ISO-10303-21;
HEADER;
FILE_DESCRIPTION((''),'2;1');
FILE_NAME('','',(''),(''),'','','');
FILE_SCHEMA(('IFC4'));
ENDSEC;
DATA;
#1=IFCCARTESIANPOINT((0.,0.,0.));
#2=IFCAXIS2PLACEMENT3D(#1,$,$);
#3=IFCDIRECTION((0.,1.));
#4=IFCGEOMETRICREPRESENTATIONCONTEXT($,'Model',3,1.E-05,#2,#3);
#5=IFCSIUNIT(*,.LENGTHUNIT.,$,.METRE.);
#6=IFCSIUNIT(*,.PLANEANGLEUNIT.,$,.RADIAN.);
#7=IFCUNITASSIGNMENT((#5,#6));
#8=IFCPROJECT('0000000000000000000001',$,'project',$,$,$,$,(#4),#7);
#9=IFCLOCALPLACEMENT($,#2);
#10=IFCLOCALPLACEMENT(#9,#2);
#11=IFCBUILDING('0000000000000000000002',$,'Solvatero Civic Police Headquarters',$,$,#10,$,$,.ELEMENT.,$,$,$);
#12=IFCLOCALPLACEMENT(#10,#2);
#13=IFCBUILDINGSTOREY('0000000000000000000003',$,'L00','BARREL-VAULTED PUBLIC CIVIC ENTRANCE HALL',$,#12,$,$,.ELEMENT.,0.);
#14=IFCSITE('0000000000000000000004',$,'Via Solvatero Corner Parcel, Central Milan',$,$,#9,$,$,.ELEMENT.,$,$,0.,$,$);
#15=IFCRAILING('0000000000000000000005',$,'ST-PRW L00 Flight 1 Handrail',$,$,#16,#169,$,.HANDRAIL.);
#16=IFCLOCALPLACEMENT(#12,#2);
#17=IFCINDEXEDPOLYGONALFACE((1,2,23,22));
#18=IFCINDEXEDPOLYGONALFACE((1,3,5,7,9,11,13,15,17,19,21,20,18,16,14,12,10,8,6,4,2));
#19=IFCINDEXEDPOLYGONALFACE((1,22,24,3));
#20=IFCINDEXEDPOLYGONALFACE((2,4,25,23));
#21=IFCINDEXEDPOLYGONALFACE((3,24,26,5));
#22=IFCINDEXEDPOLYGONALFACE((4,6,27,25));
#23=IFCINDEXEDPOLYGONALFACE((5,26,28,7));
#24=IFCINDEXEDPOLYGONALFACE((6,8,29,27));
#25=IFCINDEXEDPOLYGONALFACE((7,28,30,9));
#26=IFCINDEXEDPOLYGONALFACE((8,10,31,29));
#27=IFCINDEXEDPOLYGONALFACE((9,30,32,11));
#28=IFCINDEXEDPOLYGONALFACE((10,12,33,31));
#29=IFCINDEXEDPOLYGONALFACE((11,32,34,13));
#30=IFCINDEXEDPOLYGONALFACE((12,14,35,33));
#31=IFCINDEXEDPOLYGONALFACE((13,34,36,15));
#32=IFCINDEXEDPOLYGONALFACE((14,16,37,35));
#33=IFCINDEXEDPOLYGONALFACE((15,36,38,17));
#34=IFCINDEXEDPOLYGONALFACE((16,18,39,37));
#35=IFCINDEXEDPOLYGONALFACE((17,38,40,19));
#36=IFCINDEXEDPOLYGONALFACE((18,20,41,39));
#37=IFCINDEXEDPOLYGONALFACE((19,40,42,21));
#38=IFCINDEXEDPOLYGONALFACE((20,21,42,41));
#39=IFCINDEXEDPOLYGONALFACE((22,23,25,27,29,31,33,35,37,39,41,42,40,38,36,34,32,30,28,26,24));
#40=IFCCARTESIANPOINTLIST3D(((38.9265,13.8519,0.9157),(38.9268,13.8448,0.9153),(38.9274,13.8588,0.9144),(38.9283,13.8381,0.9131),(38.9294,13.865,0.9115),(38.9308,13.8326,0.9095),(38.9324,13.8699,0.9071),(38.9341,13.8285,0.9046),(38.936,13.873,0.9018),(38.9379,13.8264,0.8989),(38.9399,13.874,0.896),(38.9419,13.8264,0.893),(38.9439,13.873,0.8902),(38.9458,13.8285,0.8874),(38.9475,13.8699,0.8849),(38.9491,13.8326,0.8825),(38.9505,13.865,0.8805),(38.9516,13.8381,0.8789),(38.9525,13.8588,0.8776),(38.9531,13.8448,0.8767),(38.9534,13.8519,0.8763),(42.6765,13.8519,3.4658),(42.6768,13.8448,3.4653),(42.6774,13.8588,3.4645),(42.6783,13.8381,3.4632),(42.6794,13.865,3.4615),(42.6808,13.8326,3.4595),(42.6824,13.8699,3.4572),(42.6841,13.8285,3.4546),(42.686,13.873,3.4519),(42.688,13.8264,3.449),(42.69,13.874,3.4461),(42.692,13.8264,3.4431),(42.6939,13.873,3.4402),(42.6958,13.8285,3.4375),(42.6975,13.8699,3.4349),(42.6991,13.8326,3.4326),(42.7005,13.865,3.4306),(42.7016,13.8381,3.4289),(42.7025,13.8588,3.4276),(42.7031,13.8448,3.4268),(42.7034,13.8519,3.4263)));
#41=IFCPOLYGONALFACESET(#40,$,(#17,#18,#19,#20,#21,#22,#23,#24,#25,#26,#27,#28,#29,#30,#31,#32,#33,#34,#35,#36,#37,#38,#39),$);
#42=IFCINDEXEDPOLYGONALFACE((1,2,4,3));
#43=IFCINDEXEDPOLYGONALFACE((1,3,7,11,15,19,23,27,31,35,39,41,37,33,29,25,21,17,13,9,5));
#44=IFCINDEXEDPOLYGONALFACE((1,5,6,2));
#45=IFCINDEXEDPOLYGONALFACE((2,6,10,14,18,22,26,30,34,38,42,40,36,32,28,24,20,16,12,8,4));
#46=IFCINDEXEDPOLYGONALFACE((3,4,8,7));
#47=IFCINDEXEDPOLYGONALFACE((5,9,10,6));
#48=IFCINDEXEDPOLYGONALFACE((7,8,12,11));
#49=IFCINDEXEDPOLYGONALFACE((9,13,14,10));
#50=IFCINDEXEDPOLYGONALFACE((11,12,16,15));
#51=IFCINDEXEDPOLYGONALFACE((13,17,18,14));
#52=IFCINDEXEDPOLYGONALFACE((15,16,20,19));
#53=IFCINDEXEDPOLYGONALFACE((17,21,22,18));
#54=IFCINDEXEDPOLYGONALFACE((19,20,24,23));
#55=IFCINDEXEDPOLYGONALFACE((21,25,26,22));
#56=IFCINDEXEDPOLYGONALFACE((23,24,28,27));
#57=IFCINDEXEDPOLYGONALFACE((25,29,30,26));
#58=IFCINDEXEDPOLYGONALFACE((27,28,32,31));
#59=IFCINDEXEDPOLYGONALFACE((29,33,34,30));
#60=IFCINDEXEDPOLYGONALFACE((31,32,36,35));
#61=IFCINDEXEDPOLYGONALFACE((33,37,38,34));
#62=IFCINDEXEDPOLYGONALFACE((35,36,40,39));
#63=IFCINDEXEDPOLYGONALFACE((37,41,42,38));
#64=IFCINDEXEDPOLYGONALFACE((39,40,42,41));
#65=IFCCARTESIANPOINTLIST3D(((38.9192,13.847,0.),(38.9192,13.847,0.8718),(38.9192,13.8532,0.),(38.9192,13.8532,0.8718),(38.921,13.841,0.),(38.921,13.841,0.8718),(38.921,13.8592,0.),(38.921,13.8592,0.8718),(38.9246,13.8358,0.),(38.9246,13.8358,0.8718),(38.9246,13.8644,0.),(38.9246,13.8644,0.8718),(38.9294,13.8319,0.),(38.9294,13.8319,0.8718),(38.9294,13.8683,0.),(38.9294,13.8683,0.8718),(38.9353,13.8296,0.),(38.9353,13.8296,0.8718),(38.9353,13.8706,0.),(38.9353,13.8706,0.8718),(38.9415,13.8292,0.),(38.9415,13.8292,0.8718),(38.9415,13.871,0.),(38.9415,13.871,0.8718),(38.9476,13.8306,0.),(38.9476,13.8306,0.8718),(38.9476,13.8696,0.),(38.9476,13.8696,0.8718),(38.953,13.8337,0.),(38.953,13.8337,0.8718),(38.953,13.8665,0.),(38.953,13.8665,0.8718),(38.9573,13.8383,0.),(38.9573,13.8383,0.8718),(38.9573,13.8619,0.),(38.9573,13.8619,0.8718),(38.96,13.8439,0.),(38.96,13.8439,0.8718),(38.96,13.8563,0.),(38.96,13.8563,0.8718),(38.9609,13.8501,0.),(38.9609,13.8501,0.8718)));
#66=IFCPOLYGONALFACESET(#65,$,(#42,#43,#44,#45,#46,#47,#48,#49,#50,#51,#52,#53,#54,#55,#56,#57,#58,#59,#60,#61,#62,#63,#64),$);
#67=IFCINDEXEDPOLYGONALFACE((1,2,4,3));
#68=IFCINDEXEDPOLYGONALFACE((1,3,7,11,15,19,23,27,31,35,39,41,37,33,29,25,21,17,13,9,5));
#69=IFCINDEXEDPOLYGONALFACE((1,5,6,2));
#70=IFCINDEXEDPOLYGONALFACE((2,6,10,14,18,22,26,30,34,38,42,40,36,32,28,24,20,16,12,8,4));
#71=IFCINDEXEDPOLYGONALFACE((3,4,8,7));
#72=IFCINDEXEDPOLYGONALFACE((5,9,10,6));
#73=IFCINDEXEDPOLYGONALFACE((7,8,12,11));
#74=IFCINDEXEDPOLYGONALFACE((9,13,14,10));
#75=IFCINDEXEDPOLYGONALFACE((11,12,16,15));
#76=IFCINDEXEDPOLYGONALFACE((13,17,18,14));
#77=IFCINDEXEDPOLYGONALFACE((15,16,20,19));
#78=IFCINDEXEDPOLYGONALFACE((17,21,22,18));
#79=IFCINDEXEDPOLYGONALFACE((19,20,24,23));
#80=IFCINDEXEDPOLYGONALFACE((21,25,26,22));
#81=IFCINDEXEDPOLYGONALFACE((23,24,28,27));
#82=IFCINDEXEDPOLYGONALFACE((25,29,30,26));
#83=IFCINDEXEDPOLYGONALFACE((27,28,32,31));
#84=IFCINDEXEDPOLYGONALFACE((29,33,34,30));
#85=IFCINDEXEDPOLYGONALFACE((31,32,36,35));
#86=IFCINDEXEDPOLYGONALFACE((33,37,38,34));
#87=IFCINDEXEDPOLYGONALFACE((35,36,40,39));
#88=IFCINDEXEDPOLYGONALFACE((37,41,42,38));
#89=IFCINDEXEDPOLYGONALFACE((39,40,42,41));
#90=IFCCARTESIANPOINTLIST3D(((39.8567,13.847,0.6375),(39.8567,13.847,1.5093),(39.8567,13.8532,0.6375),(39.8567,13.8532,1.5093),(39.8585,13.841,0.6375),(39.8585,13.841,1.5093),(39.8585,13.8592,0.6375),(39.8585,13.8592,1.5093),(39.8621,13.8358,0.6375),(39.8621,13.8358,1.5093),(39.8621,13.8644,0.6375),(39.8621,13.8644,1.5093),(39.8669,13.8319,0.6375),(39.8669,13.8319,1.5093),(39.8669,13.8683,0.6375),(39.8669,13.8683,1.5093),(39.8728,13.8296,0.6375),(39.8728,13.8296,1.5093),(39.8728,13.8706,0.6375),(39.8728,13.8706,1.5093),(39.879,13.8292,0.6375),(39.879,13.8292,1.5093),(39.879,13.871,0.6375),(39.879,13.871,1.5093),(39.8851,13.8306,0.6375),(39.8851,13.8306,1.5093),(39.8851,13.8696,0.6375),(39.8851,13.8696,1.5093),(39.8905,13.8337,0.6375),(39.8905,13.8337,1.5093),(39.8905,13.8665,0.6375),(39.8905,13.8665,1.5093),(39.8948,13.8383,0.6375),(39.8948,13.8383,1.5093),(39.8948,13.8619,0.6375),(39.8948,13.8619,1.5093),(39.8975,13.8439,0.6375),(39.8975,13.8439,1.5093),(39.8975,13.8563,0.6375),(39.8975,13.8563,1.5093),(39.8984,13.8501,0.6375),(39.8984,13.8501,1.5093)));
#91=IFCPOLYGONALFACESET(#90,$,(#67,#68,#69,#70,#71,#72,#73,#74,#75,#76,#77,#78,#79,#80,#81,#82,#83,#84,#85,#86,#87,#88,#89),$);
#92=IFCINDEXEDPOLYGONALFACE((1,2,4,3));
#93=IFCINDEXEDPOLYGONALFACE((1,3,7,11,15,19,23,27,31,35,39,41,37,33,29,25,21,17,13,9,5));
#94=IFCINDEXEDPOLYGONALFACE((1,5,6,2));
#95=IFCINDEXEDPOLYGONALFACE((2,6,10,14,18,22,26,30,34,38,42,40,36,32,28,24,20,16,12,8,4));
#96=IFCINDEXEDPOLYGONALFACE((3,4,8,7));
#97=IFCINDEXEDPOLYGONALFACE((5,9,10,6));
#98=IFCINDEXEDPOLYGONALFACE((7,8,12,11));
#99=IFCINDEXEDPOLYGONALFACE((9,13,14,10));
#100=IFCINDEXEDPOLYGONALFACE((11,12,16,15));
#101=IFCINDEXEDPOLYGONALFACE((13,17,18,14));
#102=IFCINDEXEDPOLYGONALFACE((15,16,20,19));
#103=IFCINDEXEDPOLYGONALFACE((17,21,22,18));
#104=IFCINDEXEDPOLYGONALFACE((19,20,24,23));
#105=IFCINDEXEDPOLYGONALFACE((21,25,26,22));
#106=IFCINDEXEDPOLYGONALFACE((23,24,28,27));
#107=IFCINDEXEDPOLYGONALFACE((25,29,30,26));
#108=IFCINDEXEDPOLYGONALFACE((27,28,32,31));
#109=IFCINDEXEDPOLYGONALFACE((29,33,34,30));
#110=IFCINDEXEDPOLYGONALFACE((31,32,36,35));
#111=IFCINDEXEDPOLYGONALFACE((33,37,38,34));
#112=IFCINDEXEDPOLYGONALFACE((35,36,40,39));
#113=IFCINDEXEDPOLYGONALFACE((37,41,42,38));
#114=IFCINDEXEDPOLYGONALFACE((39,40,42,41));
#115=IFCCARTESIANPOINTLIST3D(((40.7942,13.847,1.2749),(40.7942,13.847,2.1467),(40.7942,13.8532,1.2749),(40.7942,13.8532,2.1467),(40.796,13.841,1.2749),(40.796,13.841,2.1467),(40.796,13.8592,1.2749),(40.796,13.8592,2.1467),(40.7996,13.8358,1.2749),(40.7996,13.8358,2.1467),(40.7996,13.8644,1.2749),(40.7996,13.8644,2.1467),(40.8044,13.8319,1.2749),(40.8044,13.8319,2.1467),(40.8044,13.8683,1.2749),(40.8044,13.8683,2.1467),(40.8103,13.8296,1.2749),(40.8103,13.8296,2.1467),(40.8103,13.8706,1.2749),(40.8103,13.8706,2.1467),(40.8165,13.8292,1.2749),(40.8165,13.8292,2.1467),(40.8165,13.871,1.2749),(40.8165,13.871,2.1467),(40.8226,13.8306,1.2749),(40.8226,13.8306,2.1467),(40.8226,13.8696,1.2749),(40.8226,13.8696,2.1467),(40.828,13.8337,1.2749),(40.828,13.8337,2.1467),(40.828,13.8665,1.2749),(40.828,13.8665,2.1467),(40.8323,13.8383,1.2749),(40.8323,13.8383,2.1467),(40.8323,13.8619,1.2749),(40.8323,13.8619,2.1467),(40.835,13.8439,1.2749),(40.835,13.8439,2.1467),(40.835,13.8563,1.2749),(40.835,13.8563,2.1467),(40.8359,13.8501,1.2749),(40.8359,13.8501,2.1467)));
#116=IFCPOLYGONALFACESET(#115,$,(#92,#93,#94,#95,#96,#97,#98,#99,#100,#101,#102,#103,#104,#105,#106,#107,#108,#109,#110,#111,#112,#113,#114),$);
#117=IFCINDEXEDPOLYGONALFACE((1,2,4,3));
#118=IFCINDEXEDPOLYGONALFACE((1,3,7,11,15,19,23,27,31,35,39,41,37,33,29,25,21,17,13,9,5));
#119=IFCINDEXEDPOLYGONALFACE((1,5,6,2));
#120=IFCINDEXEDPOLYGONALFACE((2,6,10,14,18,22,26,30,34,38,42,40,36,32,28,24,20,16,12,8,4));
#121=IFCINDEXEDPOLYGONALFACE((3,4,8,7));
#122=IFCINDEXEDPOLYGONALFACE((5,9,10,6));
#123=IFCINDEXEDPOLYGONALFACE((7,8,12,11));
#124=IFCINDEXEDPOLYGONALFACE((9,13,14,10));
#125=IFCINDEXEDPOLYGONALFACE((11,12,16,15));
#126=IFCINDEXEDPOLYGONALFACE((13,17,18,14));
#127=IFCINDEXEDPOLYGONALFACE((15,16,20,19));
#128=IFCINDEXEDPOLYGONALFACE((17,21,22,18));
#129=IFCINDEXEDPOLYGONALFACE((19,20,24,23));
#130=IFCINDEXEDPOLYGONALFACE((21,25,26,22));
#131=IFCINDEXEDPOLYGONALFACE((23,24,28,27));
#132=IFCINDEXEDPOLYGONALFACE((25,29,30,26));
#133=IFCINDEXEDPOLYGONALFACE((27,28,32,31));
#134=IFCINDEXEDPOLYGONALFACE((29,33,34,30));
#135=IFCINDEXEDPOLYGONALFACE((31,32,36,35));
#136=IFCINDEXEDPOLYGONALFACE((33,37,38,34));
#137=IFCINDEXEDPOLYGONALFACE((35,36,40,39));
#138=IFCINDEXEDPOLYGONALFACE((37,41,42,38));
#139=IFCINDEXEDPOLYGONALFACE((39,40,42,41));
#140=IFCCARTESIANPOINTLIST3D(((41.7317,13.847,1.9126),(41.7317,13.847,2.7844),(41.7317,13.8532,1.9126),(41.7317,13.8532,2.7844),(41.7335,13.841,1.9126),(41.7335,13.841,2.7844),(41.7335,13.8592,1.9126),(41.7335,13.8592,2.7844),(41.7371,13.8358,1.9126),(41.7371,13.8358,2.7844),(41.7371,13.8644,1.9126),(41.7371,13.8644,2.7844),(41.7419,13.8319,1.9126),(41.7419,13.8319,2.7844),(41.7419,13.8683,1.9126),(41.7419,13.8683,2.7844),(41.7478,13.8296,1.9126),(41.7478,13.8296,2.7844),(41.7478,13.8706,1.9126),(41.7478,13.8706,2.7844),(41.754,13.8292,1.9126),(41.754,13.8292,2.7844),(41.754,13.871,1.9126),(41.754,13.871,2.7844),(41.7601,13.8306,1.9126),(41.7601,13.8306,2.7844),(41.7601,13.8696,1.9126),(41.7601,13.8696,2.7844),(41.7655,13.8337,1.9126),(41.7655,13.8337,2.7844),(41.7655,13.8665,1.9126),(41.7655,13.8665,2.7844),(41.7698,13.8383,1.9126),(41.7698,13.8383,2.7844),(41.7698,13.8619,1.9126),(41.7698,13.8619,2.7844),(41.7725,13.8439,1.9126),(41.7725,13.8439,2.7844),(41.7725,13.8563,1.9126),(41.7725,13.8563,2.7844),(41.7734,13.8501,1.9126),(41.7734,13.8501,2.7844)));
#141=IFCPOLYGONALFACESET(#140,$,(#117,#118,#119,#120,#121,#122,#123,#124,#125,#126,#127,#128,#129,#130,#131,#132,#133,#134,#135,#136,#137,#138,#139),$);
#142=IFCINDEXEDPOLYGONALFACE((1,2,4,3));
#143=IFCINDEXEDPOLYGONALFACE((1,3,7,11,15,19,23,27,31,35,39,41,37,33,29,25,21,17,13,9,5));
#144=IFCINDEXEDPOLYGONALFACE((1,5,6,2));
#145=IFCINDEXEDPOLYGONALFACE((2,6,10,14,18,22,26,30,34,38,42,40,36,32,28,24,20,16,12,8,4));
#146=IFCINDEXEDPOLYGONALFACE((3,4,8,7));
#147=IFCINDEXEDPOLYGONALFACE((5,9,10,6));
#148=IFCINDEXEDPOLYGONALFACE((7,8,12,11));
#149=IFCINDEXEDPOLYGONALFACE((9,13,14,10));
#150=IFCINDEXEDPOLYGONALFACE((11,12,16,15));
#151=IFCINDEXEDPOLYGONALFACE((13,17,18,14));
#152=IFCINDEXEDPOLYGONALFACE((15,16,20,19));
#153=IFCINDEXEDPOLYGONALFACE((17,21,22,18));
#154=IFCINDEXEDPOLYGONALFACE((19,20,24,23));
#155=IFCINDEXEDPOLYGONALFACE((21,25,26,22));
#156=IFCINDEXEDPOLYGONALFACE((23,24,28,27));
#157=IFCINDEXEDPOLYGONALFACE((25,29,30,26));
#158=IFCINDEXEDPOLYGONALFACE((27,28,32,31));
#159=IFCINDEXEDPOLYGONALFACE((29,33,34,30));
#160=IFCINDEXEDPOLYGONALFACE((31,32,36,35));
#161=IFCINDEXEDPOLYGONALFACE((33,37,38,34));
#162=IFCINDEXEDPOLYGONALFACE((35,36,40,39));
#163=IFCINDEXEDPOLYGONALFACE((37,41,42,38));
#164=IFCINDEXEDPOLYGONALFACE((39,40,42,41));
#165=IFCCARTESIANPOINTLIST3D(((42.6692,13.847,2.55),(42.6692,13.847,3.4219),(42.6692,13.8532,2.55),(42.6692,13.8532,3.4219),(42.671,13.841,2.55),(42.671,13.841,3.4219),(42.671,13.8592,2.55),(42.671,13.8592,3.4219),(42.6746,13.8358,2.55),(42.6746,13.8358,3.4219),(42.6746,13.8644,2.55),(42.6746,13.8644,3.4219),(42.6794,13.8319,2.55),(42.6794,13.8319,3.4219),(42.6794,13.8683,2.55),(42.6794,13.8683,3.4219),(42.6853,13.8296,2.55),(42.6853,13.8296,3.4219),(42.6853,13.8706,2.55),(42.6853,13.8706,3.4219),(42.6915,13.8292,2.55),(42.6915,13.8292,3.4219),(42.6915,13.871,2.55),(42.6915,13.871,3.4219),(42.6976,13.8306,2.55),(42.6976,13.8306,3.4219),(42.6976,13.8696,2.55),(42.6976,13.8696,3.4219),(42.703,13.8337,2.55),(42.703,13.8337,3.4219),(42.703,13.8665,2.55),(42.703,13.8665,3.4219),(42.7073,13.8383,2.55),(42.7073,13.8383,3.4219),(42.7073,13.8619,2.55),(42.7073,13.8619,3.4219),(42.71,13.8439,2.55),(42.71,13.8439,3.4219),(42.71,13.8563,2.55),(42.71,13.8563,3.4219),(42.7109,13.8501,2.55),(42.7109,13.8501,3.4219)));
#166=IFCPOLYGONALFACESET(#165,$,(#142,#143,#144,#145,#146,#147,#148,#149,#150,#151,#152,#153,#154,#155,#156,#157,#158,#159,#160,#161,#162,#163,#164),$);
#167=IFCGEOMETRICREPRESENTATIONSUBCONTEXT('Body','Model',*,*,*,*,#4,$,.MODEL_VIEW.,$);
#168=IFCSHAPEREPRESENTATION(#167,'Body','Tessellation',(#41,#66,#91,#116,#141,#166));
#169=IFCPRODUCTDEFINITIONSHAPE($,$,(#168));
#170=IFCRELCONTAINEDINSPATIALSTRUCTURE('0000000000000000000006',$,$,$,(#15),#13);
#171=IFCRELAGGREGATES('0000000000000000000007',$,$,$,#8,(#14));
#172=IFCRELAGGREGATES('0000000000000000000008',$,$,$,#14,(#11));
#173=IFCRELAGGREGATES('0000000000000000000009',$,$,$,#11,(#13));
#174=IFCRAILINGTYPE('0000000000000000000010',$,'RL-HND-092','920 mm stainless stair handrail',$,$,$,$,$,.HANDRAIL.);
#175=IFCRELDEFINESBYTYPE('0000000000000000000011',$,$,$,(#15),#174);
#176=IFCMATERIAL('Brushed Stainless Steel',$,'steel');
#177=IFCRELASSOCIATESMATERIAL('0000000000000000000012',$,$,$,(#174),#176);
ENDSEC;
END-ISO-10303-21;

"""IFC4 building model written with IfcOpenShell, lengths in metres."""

from ifc_helpers import new_model, si_unit, direction, frame, origin, origin_2d, place, context, subcontext, project, spatial, circle, extrude, material, type_object, element, save


model = new_model("IFC4")

# Units and contexts
model_context = context("Model", 3, precision=1e-05, world=origin(), true_north=direction((0.0, 1.0)))
body_context = subcontext(model_context, "Body", "Model", "MODEL_VIEW")
ifc_project = project(units=[si_unit("LENGTHUNIT", "METRE"), si_unit("PLANEANGLEUNIT", "RADIAN")], contexts=[model_context])

# Site, building, storey
site_placement = place(None, origin())
site = spatial("IfcSite", under=ifc_project, at=site_placement, Name="Via Solvatero Corner Parcel, Central Milan", CompositionType="ELEMENT", RefElevation=0.0)
building_placement = place(site_placement, origin())
building = spatial("IfcBuilding", under=site, at=building_placement, Name="Solvatero Civic Police Headquarters", CompositionType="ELEMENT")
storey_placement = place(building_placement, origin())
storey = spatial("IfcBuildingStorey", under=building, at=storey_placement, Name="L00", Description="BARREL-VAULTED PUBLIC CIVIC ENTRANCE HALL", CompositionType="ELEMENT", Elevation=0.0)

# Railing
ifc_material_1 = material(Name="Brushed Stainless Steel", Category="steel")
railing_type_1 = type_object("IfcRailingType", Name="RL-HND-092", Description="920 mm stainless stair handrail", PredefinedType="HANDRAIL", material=ifc_material_1)
railing_1_placement = place(storey_placement, frame((38.9399, 13.8501, 0.0)))
element("IfcRailing", 1, at=railing_1_placement, inside=storey, type_object=railing_type_1, Name="ST-PRW L00 Flight 1 Handrail", PredefinedType="HANDRAIL", context=body_context, shape_type="SweptSolid", body=[
    extrude(circle(Radius=0.0239, at=origin_2d()), frame((0.0, 0.0, 0.896), z_axis=(0.826921, 0.0, 0.562317), x_axis=(0.0, 1.0, 0.0)), (0.0, 0.0, 1.0), 4.5349),
    extrude(circle(Radius=0.021, at=origin_2d()), origin(), (0.0, 0.0, 1.0), 0.8718),
    extrude(circle(Radius=0.021, at=origin_2d()), frame((0.9375, 0.0, 0.6375)), (0.0, 0.0, 1.0), 0.8718),
    extrude(circle(Radius=0.021, at=origin_2d()), frame((1.875, 0.0, 1.2749)), (0.0, 0.0, 1.0), 0.8718),
    extrude(circle(Radius=0.021, at=origin_2d()), frame((2.8125, 0.0, 1.9126)), (0.0, 0.0, 1.0), 0.8718),
    extrude(circle(Radius=0.021, at=origin_2d()), frame((3.75, 0.0, 2.55)), (0.0, 0.0, 1.0), 0.8718),
])

save(model, "model.ifc")
